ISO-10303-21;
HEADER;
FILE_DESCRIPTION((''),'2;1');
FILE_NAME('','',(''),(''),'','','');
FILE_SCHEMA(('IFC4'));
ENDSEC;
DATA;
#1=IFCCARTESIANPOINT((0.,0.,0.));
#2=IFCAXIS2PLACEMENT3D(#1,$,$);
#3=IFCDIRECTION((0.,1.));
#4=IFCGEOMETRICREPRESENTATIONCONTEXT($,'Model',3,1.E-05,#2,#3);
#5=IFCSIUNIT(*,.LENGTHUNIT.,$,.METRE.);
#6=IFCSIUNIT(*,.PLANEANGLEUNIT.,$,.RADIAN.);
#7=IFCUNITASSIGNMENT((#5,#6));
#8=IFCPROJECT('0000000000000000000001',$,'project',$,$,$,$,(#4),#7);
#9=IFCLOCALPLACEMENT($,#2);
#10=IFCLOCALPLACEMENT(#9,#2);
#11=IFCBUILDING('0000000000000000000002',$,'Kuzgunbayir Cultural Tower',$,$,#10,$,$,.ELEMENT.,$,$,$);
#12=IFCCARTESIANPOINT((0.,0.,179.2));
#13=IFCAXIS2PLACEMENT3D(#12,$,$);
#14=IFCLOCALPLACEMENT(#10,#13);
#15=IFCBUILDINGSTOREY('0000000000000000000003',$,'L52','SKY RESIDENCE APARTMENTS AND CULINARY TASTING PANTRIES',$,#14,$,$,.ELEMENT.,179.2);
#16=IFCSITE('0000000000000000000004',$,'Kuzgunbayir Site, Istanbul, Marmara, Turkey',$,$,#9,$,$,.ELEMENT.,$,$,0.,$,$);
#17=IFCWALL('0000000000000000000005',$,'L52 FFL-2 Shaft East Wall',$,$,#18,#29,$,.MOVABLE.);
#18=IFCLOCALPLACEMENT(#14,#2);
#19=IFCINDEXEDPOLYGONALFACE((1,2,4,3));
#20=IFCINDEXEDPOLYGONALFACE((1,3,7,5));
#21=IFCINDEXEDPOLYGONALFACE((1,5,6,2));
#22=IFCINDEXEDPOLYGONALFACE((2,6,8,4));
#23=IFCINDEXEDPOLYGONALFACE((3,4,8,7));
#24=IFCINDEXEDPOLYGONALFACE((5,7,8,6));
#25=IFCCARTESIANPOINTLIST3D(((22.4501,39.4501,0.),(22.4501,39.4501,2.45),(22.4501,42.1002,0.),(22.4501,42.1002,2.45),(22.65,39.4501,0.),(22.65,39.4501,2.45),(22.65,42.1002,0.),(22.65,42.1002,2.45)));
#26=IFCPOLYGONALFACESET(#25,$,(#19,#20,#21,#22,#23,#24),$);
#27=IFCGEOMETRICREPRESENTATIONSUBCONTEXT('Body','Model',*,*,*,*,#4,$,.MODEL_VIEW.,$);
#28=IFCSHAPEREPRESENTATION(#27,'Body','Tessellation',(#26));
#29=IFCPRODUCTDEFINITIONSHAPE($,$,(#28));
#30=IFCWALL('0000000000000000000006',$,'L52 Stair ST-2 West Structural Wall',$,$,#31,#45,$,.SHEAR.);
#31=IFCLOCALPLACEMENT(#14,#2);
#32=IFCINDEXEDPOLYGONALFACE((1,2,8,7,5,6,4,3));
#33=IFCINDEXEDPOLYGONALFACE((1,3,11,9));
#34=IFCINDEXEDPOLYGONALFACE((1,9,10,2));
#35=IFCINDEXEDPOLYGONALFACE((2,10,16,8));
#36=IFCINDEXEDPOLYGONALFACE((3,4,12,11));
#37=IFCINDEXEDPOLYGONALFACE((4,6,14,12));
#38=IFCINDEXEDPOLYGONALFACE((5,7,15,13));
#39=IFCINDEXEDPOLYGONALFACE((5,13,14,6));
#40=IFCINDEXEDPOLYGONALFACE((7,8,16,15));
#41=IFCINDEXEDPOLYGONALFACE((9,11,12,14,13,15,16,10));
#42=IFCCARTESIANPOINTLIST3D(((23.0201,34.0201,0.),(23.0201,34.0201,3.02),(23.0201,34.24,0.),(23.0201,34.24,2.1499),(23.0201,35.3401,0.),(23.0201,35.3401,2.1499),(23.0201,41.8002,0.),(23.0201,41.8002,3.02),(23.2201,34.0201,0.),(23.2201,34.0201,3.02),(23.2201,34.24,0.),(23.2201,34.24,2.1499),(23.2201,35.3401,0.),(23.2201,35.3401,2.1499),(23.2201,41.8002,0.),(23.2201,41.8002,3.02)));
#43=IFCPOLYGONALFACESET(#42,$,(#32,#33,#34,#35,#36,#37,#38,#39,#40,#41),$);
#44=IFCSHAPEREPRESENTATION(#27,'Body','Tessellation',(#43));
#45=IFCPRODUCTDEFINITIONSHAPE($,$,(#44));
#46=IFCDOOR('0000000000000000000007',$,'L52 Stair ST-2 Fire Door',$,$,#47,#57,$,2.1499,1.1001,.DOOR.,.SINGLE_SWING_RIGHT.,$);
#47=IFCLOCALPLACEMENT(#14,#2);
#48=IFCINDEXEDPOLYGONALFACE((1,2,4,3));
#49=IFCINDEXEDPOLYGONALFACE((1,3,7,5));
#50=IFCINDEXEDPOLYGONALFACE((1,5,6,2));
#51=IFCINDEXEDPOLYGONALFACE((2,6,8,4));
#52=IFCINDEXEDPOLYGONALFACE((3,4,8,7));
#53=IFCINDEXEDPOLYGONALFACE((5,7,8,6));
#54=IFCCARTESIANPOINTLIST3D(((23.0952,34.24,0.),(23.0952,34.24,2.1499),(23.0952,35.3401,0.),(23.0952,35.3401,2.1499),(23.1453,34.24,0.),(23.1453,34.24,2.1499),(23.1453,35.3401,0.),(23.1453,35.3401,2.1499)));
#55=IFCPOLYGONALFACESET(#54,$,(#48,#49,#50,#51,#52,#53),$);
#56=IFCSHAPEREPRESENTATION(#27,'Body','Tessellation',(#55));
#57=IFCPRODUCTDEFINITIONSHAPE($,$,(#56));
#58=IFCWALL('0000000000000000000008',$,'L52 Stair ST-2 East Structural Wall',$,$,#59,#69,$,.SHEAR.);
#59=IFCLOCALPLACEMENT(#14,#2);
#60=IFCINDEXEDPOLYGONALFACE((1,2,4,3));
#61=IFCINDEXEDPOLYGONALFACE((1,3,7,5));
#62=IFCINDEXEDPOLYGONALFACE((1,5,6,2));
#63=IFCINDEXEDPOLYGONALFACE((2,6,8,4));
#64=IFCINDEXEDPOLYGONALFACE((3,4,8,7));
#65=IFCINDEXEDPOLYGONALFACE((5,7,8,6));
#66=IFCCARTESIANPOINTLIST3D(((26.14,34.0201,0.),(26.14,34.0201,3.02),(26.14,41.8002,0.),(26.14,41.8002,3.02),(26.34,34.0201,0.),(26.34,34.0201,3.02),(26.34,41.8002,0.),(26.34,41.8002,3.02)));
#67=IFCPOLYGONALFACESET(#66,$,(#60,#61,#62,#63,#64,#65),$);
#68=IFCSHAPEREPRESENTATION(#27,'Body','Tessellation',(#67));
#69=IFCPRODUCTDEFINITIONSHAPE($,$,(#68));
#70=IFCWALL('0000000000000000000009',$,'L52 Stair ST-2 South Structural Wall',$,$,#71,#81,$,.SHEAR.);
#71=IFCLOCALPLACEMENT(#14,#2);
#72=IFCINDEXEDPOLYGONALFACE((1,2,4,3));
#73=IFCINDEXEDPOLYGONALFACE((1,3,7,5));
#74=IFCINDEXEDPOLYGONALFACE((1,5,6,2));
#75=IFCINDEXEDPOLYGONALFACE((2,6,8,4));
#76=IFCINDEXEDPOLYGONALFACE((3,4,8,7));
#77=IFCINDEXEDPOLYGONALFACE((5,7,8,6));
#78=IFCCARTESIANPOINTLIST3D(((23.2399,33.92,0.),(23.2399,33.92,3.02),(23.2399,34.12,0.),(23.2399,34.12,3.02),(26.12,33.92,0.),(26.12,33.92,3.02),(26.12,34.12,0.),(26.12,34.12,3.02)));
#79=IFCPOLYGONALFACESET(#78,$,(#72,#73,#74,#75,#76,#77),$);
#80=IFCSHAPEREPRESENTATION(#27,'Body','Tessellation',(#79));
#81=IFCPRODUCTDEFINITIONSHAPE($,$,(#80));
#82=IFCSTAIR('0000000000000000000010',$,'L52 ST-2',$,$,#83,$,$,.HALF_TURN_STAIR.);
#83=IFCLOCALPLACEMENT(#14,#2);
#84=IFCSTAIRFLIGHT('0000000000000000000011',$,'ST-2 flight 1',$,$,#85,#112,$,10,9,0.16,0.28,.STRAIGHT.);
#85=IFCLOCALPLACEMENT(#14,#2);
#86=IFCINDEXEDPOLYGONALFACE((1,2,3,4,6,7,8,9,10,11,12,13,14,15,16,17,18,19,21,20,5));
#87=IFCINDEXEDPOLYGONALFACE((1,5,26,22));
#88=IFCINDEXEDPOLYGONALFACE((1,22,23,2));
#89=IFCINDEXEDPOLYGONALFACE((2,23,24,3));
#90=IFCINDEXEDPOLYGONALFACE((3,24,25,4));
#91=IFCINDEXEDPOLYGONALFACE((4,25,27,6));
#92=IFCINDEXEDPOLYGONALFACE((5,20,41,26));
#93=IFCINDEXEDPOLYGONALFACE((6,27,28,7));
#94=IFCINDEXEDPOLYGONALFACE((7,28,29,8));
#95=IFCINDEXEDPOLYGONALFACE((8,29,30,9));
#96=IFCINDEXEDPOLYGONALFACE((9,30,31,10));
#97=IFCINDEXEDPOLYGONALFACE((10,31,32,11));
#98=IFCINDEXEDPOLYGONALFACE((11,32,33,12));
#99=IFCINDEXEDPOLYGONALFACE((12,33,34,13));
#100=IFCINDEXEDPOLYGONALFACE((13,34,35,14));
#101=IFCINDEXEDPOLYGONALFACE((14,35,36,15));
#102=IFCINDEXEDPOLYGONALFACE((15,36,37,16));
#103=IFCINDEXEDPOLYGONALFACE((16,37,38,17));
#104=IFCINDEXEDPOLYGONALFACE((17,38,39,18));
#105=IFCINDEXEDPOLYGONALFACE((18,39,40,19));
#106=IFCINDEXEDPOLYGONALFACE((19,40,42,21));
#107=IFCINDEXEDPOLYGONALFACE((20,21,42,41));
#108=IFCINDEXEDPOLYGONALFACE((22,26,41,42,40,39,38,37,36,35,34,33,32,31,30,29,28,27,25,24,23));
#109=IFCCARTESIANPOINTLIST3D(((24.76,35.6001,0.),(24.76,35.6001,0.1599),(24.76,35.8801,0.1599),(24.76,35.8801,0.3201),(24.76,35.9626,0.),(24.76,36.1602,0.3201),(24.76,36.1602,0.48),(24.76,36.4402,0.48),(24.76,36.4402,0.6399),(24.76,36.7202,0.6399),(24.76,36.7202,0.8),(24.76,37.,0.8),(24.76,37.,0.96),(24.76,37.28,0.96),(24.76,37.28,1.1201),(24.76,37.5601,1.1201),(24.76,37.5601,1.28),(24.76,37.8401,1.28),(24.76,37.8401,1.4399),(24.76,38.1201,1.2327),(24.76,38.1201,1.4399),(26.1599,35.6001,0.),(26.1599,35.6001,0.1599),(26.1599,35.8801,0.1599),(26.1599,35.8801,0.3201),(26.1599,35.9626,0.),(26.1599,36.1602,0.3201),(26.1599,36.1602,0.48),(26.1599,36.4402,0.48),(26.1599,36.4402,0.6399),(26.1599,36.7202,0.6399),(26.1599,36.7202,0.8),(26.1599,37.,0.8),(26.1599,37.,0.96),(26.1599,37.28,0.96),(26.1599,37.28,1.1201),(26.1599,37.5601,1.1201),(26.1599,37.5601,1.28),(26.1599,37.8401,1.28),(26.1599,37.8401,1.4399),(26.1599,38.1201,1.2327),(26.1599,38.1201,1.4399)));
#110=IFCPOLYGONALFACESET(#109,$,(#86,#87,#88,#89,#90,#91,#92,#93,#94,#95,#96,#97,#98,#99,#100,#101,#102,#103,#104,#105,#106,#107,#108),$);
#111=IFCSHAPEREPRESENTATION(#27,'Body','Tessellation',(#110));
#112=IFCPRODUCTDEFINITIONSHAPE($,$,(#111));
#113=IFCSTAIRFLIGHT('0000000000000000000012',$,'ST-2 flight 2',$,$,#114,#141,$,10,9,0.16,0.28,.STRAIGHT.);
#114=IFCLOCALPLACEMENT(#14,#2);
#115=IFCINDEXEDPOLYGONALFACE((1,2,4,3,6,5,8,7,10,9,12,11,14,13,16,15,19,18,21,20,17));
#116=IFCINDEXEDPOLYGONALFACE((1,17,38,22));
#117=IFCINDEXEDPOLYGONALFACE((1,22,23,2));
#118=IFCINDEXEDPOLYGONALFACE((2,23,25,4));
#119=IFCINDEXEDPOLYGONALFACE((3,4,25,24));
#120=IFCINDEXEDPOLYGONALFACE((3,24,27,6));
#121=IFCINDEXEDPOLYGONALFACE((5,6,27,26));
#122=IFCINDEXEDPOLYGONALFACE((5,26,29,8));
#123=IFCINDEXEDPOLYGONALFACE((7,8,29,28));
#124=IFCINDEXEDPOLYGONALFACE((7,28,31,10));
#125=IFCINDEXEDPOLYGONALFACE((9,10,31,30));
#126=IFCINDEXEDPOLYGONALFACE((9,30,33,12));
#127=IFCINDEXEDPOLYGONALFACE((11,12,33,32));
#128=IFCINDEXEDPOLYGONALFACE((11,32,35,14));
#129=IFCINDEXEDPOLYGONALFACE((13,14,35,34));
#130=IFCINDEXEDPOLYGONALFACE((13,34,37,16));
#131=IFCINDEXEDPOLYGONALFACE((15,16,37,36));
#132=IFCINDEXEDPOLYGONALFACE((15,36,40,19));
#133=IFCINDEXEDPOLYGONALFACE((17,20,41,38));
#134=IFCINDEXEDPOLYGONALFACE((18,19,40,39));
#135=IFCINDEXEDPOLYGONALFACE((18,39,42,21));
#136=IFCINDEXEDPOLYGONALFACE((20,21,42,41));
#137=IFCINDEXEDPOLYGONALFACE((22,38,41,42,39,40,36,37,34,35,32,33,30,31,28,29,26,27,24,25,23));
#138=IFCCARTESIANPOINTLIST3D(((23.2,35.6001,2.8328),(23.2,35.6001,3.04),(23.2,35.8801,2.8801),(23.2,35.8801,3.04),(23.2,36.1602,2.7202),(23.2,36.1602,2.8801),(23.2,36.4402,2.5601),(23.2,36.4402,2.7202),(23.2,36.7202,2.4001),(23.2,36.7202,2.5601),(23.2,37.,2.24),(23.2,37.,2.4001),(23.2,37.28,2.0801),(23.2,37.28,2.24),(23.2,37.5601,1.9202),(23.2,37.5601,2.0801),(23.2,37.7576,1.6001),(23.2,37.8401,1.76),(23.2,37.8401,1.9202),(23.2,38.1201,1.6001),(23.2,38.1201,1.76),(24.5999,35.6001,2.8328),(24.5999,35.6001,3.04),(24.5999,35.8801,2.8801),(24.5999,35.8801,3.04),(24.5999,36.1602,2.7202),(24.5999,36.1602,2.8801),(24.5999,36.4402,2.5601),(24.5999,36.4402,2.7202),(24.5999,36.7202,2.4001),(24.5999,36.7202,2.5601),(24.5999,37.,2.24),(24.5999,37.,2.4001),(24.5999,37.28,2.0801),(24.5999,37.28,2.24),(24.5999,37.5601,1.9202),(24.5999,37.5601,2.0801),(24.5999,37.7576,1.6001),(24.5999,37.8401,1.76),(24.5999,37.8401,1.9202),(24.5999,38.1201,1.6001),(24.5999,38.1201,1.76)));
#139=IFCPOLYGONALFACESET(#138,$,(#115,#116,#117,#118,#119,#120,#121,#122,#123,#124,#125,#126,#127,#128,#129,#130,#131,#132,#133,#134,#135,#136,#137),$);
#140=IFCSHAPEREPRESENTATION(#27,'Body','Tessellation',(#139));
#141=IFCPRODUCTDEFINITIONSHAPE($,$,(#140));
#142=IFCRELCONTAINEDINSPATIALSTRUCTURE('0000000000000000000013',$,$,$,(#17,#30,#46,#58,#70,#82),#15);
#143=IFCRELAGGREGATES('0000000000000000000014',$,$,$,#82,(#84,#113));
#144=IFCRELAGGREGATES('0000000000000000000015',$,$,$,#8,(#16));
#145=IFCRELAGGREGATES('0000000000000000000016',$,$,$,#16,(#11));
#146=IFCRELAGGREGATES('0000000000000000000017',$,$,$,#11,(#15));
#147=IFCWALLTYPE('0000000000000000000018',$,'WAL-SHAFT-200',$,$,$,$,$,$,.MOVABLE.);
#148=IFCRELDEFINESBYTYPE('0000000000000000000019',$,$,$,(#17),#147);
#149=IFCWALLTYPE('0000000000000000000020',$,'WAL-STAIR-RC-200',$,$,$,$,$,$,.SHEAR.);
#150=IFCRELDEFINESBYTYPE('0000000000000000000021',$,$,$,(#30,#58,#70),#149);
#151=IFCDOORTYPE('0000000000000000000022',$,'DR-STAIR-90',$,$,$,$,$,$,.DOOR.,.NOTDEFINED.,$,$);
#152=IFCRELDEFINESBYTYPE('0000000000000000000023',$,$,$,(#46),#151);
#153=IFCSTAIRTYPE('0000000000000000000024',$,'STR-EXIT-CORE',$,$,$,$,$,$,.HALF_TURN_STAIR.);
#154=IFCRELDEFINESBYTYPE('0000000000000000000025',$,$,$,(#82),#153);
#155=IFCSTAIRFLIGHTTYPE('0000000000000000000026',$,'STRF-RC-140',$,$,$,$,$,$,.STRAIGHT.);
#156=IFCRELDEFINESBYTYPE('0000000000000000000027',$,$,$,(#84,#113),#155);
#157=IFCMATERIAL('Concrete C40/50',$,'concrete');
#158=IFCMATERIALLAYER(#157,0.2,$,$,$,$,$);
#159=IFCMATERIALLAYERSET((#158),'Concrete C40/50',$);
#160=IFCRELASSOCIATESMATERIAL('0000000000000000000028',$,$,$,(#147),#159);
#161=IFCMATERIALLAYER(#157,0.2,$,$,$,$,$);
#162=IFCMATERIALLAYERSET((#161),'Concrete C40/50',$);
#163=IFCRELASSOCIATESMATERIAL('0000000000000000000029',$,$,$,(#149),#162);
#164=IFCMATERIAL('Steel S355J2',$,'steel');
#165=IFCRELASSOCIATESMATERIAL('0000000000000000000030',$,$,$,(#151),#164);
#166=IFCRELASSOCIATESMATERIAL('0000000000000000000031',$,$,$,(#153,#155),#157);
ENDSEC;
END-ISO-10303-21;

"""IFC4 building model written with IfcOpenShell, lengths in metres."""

from ifc_helpers import new_model, si_unit, direction, frame, frame_2d, origin, place, context, subcontext, project, spatial, polyline, rectangle, outline, extrude, material, layer, layer_set, type_object, element, fill, aggregate, save


model = new_model("IFC4")

# Units and contexts
model_context = context("Model", 3, precision=1e-05, world=origin(), true_north=direction((0.0, 1.0)))
body_context = subcontext(model_context, "Body", "Model", "MODEL_VIEW")
ifc_project = project(units=[si_unit("LENGTHUNIT", "METRE"), si_unit("PLANEANGLEUNIT", "RADIAN")], contexts=[model_context])

# Site, building, storey
site_placement = place(None, origin())
site = spatial("IfcSite", under=ifc_project, at=site_placement, Name="Kuzgunbayir Site, Istanbul, Marmara, Turkey", CompositionType="ELEMENT", RefElevation=0.0)
building_placement = place(site_placement, origin())
building = spatial("IfcBuilding", under=site, at=building_placement, Name="Kuzgunbayir Cultural Tower", CompositionType="ELEMENT")
storey_placement = place(building_placement, frame((0.0, 0.0, 179.2)))
storey = spatial("IfcBuildingStorey", under=building, at=storey_placement, Name="L52", Description="SKY RESIDENCE APARTMENTS AND CULINARY TASTING PANTRIES", CompositionType="ELEMENT", Elevation=179.2)

# Shared definitions
ifc_material_1 = material(Name="Steel S355J2", Category="steel")

# Shared definitions
ifc_material_2 = material(Name="Concrete C40/50", Category="concrete")
ifc_layer_1 = layer(ifc_material_2, 0.2)
ifc_layer_set_1 = layer_set([ifc_layer_1], Name="Concrete C40/50")
wall_type_1 = type_object("IfcWallType", Name="WAL-SHAFT-200", PredefinedType="MOVABLE", material=ifc_layer_set_1)

# Wall
for number, where, z_axis, x_axis, name in (
    (1, (22.55, 39.45, 0.0), (0.0, 0.0, 1.0), (0.0, 1.0, 0.0), "L52 FFL-2 Shaft East Wall"),
):
    element("IfcWall", number, at=place(storey_placement, frame(where, z_axis=z_axis, x_axis=x_axis)), inside=storey, type_object=wall_type_1, Name=name, PredefinedType="MOVABLE", context=body_context, shape_type="SweptSolid", body=[
        extrude(rectangle(XDim=2.6501, YDim=0.2, at=frame_2d((1.3252, 0.0))), origin(), (0.0, 0.0, 1.0), 2.45),
    ])

# Wall, opening, door
ifc_layer_2 = layer(ifc_material_2, 0.2)
ifc_layer_set_2 = layer_set([ifc_layer_2], Name="Concrete C40/50")
wall_type_2 = type_object("IfcWallType", Name="WAL-STAIR-RC-200", PredefinedType="SHEAR", material=ifc_layer_set_2)
wall_1_placement = place(storey_placement, frame((23.1201, 34.02, 0.0), z_axis=(0.0, 0.0, 1.0), x_axis=(0.0, 1.0, 0.0)))
wall_1 = element("IfcWall", 2, at=wall_1_placement, inside=storey, type_object=wall_type_2, Name="L52 Stair ST-2 West Structural Wall", PredefinedType="SHEAR", context=body_context, shape_type="SweptSolid", body=[
    extrude(rectangle(XDim=7.78, YDim=0.2, at=frame_2d((3.8901, 0.0))), origin(), (0.0, 0.0, 1.0), 3.02),
])
opening_1_placement = place(wall_1_placement, frame((0.22, 0.0, 0.0)))
opening_1 = element("IfcOpeningElement", 3, at=opening_1_placement, cuts=wall_1, PredefinedType="OPENING", context=body_context, shape_type="SweptSolid", body=[
    extrude(rectangle(XDim=1.1001, YDim=2.1499, at=frame_2d((0.55, 1.075))), frame((0.0, 0.1099, 0.0), z_axis=(0.0, -1.0, 0.0), x_axis=(1.0, 0.0, 0.0)), (0.0, 0.0, 1.0), 0.22),
])
door_type_1 = type_object("IfcDoorType", Name="DR-STAIR-90", OperationType="NOTDEFINED", PredefinedType="DOOR", material=ifc_material_1)
door_1_placement = place(opening_1_placement, origin())
door_1 = element("IfcDoor", 4, at=door_1_placement, inside=storey, type_object=door_type_1, Name="L52 Stair ST-2 Fire Door", OperationType="SINGLE_SWING_RIGHT", OverallHeight=2.1499, OverallWidth=1.1001, PredefinedType="DOOR", context=body_context, shape_type="SweptSolid", body=[
    extrude(rectangle(XDim=1.1001, YDim=2.1499, at=frame_2d((0.55, 1.075))), frame((0.0, 0.0249, 0.0), z_axis=(0.0, -1.0, 0.0), x_axis=(1.0, 0.0, 0.0)), (0.0, 0.0, 1.0), 0.05),
])
fill(opening_1, door_1)

# Walls
wall_2_placement = place(storey_placement, frame((26.24, 34.02, 0.0), z_axis=(0.0, 0.0, 1.0), x_axis=(0.0, 1.0, 0.0)))
element("IfcWall", 5, at=wall_2_placement, inside=storey, type_object=wall_type_2, Name="L52 Stair ST-2 East Structural Wall", PredefinedType="SHEAR", context=body_context, shape_type="SweptSolid", body=[
    extrude(rectangle(XDim=7.78, YDim=0.2, at=frame_2d((3.8901, 0.0))), origin(), (0.0, 0.0, 1.0), 3.02),
])
wall_3_placement = place(storey_placement, frame((23.24, 34.02, 0.0), z_axis=(0.0, 0.0, 1.0), x_axis=(1.0, 0.0, 0.0)))
element("IfcWall", 6, at=wall_3_placement, inside=storey, type_object=wall_type_2, Name="L52 Stair ST-2 South Structural Wall", PredefinedType="SHEAR", context=body_context, shape_type="SweptSolid", body=[
    extrude(rectangle(XDim=2.8801, YDim=0.2, at=frame_2d((1.4399, 0.0))), origin(), (0.0, 0.0, 1.0), 3.02),
])

# Stair, stair flights
stair_type = type_object("IfcStairType", Name="STR-EXIT-CORE", PredefinedType="HALF_TURN_STAIR", material=ifc_material_2)
stair_placement = place(storey_placement, origin())
stair = element("IfcStair", 7, at=stair_placement, inside=storey, type_object=stair_type, Name="L52 ST-2", PredefinedType="HALF_TURN_STAIR")
stair_flight_type = type_object("IfcStairFlightType", Name="STRF-RC-140", PredefinedType="STRAIGHT", material=ifc_material_2)
stair_flight_1_placement = place(storey_placement, frame((25.46, 35.6001, 0.0), z_axis=(0.0, 0.0, 1.0), x_axis=(0.0, 1.0, 0.0)))
stair_flight_1 = element("IfcStairFlight", 8, at=stair_flight_1_placement, type_object=stair_flight_type, Name="ST-2 flight 1", NumberOfRisers=10, NumberOfTreads=9, PredefinedType="STRAIGHT", RiserHeight=0.16, TreadLength=0.28, context=body_context, shape_type="SweptSolid", body=[
    extrude(outline(polyline([(0.0, 0.0), (0.0, 0.1599), (0.28, 0.1599), (0.28, 0.3201), (0.5601, 0.3201), (0.5601, 0.48), (0.8401, 0.48), (0.8401, 0.6399), (1.1201, 0.6399), (1.1201, 0.8), (1.3999, 0.8), (1.3999, 0.96), (1.6799, 0.96), (1.6799, 1.1201), (1.96, 1.1201), (1.96, 1.28), (2.24, 1.28), (2.24, 1.4399), (2.52, 1.4399), (2.52, 1.6001), (2.52, 1.2327), (0.3625, 0.0), (0.0, 0.0)])), frame((0.0, 0.7, 0.0), z_axis=(0.0, -1.0, 0.0), x_axis=(1.0, 0.0, 0.0)), (0.0, 0.0, 1.0), 1.3999),
])
stair_flight_2_placement = place(storey_placement, frame((23.8999, 38.1201, 1.6001), z_axis=(0.0, 0.0, 1.0), x_axis=(0.0, -1.0, 0.0)))
stair_flight_2 = element("IfcStairFlight", 9, at=stair_flight_2_placement, type_object=stair_flight_type, Name="ST-2 flight 2", NumberOfRisers=10, NumberOfTreads=9, PredefinedType="STRAIGHT", RiserHeight=0.16, TreadLength=0.28, context=body_context, shape_type="SweptSolid", body=[
    extrude(outline(polyline([(0.0, 0.0), (0.0, 0.1599), (0.28, 0.1599), (0.28, 0.3201), (0.5601, 0.3201), (0.5601, 0.48), (0.8401, 0.48), (0.8401, 0.6399), (1.1201, 0.6399), (1.1201, 0.8), (1.3999, 0.8), (1.3999, 0.96), (1.6799, 0.96), (1.6799, 1.1201), (1.96, 1.1201), (1.96, 1.28), (2.24, 1.28), (2.24, 1.4399), (2.52, 1.4399), (2.52, 1.6001), (2.52, 1.2327), (0.3625, 0.0), (0.0, 0.0)])), frame((0.0, 0.7, 0.0), z_axis=(0.0, -1.0, 0.0), x_axis=(1.0, 0.0, 0.0)), (0.0, 0.0, 1.0), 1.3999),
])
aggregate(stair, [stair_flight_1, stair_flight_2])

save(model, "model.ifc")
